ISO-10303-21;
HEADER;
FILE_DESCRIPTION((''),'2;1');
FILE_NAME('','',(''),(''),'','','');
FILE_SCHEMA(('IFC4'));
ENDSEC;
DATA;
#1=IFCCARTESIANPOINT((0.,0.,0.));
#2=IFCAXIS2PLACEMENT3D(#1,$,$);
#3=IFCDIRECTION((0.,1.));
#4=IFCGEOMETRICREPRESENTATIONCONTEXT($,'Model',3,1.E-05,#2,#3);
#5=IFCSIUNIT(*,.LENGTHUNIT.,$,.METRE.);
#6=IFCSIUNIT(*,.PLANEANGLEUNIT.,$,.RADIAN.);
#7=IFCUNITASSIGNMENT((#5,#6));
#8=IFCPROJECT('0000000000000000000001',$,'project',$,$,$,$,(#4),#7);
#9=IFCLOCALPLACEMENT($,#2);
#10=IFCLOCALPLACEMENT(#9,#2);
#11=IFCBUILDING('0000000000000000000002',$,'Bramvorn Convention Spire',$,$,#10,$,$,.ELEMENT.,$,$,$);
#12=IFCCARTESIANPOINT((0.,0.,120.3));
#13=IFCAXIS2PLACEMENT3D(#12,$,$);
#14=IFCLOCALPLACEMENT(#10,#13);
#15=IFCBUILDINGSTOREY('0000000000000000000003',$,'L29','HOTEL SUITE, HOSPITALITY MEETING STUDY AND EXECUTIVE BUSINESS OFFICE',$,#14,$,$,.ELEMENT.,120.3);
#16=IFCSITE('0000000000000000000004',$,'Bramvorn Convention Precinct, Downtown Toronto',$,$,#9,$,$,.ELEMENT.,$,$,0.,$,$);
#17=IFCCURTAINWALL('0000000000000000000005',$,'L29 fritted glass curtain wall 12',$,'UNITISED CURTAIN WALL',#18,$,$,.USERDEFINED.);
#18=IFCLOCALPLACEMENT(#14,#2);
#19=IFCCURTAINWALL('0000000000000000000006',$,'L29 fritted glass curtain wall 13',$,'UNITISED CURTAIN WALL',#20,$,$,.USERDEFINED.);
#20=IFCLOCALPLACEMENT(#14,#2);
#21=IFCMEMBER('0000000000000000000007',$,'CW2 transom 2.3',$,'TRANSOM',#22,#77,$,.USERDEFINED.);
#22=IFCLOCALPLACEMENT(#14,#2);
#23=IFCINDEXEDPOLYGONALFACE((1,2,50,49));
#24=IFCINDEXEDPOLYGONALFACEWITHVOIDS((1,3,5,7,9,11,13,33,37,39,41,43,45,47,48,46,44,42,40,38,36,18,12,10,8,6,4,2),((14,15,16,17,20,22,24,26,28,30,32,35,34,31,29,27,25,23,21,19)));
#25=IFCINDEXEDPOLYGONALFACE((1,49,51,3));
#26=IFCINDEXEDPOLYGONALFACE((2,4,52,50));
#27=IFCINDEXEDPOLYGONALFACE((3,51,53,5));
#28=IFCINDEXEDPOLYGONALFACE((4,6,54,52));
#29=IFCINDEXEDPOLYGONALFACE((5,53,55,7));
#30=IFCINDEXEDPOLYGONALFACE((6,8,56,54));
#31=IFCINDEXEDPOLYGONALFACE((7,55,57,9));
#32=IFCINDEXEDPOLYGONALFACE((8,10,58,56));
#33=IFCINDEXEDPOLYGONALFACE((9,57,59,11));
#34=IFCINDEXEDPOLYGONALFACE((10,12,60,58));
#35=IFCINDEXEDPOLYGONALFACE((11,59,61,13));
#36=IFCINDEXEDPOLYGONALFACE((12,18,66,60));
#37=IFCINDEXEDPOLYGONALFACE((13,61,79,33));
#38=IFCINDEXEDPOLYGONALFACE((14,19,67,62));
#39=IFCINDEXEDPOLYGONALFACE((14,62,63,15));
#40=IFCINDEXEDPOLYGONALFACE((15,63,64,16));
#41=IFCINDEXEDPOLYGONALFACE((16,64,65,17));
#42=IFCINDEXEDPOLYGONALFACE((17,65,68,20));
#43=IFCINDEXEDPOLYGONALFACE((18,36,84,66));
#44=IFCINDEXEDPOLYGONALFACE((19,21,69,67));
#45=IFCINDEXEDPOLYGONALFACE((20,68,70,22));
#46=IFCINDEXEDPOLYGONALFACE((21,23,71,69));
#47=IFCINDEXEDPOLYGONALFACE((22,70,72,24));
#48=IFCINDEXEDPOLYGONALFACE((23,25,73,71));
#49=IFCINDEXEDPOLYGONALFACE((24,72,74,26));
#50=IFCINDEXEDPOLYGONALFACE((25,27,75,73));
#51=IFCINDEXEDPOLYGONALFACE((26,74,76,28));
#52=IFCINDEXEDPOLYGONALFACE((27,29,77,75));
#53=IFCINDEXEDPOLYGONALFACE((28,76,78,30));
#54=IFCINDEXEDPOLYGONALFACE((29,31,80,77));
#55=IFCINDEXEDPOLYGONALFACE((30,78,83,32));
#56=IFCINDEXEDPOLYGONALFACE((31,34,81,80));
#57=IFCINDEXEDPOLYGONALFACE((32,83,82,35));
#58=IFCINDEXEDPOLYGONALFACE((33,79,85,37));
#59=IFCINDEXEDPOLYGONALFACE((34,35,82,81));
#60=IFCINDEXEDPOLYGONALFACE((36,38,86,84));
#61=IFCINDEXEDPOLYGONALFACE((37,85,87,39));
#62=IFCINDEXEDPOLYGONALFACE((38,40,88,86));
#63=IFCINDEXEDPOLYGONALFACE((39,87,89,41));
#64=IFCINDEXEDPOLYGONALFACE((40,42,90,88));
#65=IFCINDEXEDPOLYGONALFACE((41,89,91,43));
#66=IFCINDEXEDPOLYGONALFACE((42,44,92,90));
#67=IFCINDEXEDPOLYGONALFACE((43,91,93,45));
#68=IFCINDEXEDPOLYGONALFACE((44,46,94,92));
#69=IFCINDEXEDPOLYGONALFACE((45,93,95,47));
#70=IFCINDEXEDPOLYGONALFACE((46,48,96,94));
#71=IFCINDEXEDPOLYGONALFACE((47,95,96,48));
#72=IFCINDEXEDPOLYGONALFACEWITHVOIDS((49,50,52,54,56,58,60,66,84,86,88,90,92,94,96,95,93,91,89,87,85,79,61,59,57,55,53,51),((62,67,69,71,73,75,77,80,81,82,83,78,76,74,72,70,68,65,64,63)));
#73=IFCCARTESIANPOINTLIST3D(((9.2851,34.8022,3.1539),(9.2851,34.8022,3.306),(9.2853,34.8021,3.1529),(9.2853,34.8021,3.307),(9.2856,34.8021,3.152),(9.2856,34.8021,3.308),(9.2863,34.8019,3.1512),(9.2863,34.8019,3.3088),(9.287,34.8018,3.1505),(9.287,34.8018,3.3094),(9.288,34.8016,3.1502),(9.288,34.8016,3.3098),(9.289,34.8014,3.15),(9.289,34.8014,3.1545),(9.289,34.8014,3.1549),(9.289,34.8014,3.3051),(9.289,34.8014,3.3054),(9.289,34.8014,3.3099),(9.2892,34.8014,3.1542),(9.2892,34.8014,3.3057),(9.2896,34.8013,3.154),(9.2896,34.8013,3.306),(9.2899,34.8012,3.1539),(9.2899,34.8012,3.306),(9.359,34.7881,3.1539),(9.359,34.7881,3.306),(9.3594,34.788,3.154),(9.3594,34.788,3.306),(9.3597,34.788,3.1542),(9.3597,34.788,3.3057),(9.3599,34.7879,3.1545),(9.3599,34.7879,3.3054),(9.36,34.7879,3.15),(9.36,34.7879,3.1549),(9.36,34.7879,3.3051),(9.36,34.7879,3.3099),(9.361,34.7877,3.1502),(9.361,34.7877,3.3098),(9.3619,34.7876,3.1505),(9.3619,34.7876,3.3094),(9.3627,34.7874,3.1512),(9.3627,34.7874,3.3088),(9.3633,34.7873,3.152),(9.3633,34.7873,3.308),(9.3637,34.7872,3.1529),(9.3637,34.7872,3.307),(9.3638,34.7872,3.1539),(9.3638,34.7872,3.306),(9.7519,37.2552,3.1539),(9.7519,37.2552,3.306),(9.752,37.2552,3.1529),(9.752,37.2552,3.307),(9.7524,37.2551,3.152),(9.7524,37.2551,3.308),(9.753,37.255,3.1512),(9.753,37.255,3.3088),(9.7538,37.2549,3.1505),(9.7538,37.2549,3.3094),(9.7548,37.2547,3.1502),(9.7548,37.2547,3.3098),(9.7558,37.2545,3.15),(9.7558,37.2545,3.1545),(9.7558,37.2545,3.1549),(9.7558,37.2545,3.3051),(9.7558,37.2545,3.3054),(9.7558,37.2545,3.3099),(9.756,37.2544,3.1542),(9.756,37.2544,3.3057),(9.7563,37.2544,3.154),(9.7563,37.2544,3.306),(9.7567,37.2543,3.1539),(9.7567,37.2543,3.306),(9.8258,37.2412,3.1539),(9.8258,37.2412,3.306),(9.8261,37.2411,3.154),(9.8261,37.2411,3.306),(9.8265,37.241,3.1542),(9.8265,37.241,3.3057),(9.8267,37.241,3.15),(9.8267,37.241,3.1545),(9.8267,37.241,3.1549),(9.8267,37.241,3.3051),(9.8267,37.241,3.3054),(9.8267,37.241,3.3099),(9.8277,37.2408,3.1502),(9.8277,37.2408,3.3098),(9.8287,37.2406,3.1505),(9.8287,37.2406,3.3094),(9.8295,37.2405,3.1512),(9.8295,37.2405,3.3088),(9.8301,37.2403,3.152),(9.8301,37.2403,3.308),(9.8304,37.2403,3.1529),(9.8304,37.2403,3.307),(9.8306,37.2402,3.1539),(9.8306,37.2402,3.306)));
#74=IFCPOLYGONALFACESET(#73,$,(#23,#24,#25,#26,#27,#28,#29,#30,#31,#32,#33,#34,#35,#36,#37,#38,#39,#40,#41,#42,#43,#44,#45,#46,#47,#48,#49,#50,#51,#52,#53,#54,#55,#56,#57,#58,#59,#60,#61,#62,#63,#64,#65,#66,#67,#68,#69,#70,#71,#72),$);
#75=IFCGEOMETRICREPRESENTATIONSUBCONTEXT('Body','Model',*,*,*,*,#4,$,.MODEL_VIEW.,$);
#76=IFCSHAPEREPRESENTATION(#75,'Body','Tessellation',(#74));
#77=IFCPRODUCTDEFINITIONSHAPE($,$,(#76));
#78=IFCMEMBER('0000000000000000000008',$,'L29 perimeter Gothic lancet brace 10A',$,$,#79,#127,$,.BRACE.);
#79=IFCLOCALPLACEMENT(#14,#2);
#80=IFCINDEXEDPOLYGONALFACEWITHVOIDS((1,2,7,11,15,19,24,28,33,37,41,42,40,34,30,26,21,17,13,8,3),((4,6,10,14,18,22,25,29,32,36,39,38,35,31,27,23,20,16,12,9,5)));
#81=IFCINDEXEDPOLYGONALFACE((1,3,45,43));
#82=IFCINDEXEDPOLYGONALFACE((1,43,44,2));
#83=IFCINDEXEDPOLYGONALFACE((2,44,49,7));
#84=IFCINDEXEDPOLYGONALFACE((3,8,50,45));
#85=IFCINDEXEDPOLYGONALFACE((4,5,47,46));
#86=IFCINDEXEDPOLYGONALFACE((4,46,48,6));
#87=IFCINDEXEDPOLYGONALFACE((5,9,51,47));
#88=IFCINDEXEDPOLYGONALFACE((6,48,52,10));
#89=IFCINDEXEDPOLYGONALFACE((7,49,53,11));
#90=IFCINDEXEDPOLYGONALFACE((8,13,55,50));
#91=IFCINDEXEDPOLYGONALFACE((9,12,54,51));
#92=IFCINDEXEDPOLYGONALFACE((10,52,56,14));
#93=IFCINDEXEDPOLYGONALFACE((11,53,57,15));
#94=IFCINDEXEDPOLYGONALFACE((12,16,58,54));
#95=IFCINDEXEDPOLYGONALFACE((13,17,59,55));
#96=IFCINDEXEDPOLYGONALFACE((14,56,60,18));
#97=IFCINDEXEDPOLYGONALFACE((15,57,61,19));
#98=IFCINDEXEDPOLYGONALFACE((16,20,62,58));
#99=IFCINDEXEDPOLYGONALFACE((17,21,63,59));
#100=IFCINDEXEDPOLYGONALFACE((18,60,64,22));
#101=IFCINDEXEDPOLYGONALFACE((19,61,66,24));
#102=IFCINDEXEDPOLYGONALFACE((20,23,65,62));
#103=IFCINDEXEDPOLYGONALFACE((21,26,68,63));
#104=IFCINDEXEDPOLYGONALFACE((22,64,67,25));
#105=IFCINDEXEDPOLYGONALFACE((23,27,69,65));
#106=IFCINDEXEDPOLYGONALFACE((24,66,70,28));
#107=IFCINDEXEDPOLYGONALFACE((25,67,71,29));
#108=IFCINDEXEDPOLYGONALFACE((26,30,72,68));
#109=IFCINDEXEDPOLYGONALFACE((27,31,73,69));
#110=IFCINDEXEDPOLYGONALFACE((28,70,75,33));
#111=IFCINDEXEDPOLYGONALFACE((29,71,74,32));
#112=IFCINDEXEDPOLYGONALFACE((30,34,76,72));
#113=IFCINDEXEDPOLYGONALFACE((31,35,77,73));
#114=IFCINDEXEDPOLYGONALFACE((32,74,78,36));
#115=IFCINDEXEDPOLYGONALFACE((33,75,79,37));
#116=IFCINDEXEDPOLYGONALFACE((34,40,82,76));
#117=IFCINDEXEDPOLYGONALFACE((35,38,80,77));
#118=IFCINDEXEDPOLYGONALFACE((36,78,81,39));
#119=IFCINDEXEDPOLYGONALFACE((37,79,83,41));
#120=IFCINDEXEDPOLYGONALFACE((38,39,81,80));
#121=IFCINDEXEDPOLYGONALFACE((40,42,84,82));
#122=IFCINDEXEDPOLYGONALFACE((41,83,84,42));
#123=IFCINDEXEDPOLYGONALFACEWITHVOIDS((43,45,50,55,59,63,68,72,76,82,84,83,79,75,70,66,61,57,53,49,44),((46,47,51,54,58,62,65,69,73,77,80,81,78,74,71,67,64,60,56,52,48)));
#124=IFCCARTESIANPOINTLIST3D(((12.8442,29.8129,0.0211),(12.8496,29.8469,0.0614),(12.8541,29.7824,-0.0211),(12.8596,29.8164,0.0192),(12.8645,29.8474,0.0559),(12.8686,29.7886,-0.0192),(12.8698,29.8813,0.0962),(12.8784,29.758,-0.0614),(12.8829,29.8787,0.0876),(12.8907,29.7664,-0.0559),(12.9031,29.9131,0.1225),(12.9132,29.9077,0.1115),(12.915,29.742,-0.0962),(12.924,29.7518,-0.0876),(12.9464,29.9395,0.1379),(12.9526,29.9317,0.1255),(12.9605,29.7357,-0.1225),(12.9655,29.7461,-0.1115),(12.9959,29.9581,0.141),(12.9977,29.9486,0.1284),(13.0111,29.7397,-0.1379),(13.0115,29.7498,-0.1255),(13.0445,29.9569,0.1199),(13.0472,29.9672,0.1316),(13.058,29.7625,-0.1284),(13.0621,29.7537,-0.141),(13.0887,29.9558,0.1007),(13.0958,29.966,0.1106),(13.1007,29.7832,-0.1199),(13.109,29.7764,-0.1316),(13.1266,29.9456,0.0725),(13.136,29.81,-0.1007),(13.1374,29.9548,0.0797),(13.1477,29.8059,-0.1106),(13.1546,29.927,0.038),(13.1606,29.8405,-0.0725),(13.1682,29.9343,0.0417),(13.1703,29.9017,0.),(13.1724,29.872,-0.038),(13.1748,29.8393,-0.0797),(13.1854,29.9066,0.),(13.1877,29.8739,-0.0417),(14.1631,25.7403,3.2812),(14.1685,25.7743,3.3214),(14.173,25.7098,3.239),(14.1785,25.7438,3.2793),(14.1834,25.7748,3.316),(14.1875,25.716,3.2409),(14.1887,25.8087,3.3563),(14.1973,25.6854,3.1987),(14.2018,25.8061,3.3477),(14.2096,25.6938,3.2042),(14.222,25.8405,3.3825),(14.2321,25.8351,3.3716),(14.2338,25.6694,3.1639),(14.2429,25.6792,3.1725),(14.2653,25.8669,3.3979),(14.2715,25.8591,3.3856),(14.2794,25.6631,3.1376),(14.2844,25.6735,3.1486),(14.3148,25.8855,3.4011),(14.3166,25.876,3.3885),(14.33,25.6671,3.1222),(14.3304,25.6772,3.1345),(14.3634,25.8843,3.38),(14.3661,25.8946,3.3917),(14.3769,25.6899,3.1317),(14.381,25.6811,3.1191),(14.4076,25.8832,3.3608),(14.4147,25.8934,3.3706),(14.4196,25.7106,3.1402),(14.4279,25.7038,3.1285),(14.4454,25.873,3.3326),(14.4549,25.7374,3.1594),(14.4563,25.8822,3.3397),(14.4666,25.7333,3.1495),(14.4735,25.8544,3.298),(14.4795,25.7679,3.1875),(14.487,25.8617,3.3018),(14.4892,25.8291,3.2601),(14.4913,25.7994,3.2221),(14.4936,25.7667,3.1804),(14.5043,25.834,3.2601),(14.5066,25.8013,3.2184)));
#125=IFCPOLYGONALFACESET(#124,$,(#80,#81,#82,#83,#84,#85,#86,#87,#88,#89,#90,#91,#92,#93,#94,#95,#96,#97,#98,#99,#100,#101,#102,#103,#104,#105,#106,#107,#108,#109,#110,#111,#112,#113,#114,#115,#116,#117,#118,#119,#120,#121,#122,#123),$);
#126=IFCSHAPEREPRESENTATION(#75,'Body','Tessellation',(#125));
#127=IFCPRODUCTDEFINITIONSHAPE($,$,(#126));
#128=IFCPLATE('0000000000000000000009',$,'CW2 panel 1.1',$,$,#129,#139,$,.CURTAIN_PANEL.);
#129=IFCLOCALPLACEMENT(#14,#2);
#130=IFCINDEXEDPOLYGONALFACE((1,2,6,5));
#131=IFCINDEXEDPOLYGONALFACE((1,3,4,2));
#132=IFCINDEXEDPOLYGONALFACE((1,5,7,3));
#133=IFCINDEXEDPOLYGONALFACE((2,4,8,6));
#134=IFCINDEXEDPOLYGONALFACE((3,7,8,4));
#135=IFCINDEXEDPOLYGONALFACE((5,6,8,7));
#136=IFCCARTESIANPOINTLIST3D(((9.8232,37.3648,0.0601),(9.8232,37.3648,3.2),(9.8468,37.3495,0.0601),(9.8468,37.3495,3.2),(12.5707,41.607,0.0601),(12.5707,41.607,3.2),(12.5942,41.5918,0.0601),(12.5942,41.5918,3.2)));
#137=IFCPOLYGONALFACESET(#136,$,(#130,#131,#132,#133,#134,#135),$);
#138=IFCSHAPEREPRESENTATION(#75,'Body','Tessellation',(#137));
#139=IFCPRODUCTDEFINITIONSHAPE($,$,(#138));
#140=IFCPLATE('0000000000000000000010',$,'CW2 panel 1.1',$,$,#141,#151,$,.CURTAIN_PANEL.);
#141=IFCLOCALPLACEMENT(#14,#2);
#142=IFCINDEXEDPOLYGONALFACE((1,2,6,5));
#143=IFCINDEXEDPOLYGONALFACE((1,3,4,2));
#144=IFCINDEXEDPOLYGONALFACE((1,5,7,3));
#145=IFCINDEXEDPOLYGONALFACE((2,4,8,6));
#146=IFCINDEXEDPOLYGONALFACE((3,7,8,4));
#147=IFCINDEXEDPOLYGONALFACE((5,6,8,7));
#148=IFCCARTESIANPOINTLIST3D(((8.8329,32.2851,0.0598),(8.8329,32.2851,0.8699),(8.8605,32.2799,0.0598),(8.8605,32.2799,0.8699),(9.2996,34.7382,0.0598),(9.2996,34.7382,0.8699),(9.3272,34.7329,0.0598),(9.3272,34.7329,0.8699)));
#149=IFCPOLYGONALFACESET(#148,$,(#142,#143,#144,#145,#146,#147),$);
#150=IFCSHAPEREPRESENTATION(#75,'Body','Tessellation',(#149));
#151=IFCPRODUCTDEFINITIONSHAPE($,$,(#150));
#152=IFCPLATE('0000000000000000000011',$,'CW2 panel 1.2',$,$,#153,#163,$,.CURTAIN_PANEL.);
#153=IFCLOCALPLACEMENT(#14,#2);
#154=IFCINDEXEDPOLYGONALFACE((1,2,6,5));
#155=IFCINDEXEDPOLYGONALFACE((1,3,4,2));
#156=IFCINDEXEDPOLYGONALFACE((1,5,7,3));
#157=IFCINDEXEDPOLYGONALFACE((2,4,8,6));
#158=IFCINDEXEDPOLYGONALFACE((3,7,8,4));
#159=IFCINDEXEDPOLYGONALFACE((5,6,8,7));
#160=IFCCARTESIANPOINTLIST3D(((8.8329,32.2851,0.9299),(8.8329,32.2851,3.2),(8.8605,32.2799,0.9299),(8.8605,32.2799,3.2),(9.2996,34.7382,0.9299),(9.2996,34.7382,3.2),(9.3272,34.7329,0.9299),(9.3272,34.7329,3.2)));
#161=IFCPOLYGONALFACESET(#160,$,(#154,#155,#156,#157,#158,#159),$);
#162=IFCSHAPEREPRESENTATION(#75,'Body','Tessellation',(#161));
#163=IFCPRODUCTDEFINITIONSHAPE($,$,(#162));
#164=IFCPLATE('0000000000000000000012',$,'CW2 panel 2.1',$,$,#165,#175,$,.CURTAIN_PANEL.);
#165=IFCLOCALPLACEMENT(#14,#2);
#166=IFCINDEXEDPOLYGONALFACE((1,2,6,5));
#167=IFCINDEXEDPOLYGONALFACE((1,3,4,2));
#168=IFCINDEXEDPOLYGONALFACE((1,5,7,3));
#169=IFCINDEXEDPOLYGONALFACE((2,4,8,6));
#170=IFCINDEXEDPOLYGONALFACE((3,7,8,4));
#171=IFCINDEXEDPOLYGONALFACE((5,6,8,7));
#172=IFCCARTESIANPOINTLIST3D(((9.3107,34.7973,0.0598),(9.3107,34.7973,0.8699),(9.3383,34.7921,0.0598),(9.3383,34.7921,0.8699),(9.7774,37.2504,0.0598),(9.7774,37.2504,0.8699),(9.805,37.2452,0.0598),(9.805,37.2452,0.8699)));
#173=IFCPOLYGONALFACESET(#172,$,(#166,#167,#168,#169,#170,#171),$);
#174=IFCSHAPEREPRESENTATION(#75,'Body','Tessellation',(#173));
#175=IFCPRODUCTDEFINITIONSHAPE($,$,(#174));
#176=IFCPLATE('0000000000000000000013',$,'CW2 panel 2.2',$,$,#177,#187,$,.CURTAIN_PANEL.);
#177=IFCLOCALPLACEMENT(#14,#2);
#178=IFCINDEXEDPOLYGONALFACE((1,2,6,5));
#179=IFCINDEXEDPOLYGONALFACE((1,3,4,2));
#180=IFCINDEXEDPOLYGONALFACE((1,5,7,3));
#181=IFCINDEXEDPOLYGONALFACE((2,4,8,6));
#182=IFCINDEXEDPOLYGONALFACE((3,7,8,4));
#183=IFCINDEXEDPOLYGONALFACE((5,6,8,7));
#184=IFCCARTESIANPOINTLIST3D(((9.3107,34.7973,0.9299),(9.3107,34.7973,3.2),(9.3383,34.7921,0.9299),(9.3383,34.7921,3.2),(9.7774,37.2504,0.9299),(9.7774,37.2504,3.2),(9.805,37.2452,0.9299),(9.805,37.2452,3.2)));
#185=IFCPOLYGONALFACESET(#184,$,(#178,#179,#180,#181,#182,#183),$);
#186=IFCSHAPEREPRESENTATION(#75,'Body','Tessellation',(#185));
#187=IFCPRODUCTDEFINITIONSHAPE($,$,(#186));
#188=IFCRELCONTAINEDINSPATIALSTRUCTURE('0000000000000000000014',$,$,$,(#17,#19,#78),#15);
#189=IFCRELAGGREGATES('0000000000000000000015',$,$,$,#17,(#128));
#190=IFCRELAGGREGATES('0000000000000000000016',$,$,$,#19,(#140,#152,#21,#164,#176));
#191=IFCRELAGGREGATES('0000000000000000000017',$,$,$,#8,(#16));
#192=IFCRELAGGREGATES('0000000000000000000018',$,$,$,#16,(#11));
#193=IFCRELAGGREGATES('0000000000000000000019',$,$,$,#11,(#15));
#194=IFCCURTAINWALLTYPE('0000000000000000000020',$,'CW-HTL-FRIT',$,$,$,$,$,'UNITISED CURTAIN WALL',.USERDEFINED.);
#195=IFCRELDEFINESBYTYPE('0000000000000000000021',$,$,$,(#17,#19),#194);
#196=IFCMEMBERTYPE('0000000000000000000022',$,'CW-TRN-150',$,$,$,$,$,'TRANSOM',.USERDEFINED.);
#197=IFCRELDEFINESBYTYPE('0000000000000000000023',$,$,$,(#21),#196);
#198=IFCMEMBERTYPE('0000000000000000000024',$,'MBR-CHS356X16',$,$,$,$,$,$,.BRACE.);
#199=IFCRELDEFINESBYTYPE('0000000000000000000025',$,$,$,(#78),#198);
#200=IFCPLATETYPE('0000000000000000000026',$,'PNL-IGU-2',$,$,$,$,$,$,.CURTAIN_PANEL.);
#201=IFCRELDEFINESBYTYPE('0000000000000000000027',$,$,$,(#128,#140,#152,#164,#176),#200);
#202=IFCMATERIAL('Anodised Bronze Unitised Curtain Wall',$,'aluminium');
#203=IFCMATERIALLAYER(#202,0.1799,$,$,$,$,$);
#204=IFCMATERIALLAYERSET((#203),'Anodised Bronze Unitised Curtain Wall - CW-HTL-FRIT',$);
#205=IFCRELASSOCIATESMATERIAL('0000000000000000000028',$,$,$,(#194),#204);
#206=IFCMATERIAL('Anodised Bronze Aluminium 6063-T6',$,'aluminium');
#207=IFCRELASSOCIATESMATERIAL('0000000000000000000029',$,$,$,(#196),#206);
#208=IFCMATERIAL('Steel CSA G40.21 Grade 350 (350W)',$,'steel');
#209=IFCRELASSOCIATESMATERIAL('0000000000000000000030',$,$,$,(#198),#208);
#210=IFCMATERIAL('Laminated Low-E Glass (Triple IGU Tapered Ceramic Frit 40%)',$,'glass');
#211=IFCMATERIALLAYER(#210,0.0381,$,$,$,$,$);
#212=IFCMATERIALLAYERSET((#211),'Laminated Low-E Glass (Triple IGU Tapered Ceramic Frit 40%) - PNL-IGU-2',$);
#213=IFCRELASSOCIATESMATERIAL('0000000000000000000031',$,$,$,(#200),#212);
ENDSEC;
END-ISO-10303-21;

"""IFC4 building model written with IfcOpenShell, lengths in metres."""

from ifc_helpers import new_model, si_unit, direction, frame, origin, origin_2d, place, context, subcontext, project, spatial, rectangle, hollow_rectangle, hollow_circle, extrude, material, layer, layer_set, material_profile, profile_set, type_object, element, aggregate, save


model = new_model("IFC4")

# Units and contexts
model_context = context("Model", 3, precision=1e-05, world=origin(), true_north=direction((0.0, 1.0)))
body_context = subcontext(model_context, "Body", "Model", "MODEL_VIEW")
ifc_project = project(units=[si_unit("LENGTHUNIT", "METRE"), si_unit("PLANEANGLEUNIT", "RADIAN")], contexts=[model_context])

# Site, building, storey
site_placement = place(None, origin())
site = spatial("IfcSite", under=ifc_project, at=site_placement, Name="Bramvorn Convention Precinct, Downtown Toronto", CompositionType="ELEMENT", RefElevation=0.0)
building_placement = place(site_placement, origin())
building = spatial("IfcBuilding", under=site, at=building_placement, Name="Bramvorn Convention Spire", CompositionType="ELEMENT")
storey_placement = place(building_placement, frame((0.0, 0.0, 120.3)))
storey = spatial("IfcBuildingStorey", under=building, at=storey_placement, Name="L29", Description="HOTEL SUITE, HOSPITALITY MEETING STUDY AND EXECUTIVE BUSINESS OFFICE", CompositionType="ELEMENT", Elevation=120.3)

# Shared definitions
ifc_material_1 = material(Name="Steel CSA G40.21 Grade 350 (350W)", Category="steel")

# Curtain walls
ifc_material_2 = material(Name="Anodised Bronze Unitised Curtain Wall", Category="aluminium")
ifc_layer_1 = layer(ifc_material_2, 0.1799)
ifc_layer_set_1 = layer_set([ifc_layer_1], Name="Anodised Bronze Unitised Curtain Wall - CW-HTL-FRIT")
curtain_wall_type = type_object("IfcCurtainWallType", Name="CW-HTL-FRIT", ElementType="UNITISED CURTAIN WALL", PredefinedType="USERDEFINED", material=ifc_layer_set_1)
curtain_wall_1_placement = place(storey_placement, origin())
curtain_wall_1 = element("IfcCurtainWall", 1, at=curtain_wall_1_placement, inside=storey, type_object=curtain_wall_type, Name="L29 fritted glass curtain wall 12", ObjectType="UNITISED CURTAIN WALL", PredefinedType="USERDEFINED")
ifc_material_3 = material(Name="Anodised Bronze Aluminium 6063-T6", Category="aluminium")
curtain_wall_2_placement = place(storey_placement, origin())
curtain_wall_2 = element("IfcCurtainWall", 2, at=curtain_wall_2_placement, inside=storey, type_object=curtain_wall_type, Name="L29 fritted glass curtain wall 13", ObjectType="UNITISED CURTAIN WALL", PredefinedType="USERDEFINED")

# Members
ifc_material_profile_1 = material_profile(ifc_material_3, hollow_rectangle(XDim=0.0801, YDim=0.1599, WallThickness=0.0039, InnerFilletRadius=0.001, OuterFilletRadius=0.0039, at=origin_2d()))
ifc_profile_set_1 = profile_set([ifc_material_profile_1], Name="Anodised Bronze Aluminium 6063-T6 - CWT80X160")
member_type_1 = type_object("IfcMemberType", Name="CW-TRN-150", ElementType="TRANSOM", PredefinedType="USERDEFINED", material=ifc_profile_set_1)
member_1_placement = place(storey_placement, frame((9.3245, 34.7947, 3.23), z_axis=(0.186932, 0.982373, 0.0), x_axis=(-0.982373, 0.186932, 0.0)))
member_1 = element("IfcMember", 3, at=member_1_placement, type_object=member_type_1, Name="CW2 transom 2.3", ObjectType="TRANSOM", PredefinedType="USERDEFINED", context=body_context, shape_type="SweptSolid", body=[
    extrude(hollow_rectangle(XDim=0.0801, YDim=0.1599, WallThickness=0.0039, InnerFilletRadius=0.001, OuterFilletRadius=0.0039, at=origin_2d()), origin(), (0.0, 0.0, 1.0), 2.4971),
])
ifc_material_profile_2 = material_profile(ifc_material_1, hollow_circle(Radius=0.1777, WallThickness=0.0159, at=origin_2d()))
ifc_profile_set_2 = profile_set([ifc_material_profile_2], Name="Steel CSA G40.21 Grade 350 (350W) - CHS356X16")
member_type_2 = type_object("IfcMemberType", Name="MBR-CHS356X16", PredefinedType="BRACE", material=ifc_profile_set_2)
member_2_placement = place(storey_placement, frame((13.0164, 29.8518, 0.0), z_axis=(0.245105, -0.756868, 0.605866), x_axis=(0.951358, 0.308089, 0.0)))
element("IfcMember", 4, at=member_2_placement, inside=storey, type_object=member_type_2, Name="L29 perimeter Gothic lancet brace 10A", PredefinedType="BRACE", context=body_context, shape_type="SweptSolid", body=[
    extrude(hollow_circle(Radius=0.1777, WallThickness=0.0159, at=origin_2d()), origin(), (0.0, 0.0, 1.0), 5.3809),
])

# Plates
ifc_material_4 = material(Name="Laminated Low-E Glass (Triple IGU Tapered Ceramic Frit 40%)", Category="glass")
ifc_layer_2 = layer(ifc_material_4, 0.0381)
ifc_layer_set_2 = layer_set([ifc_layer_2], Name="Laminated Low-E Glass (Triple IGU Tapered Ceramic Frit 40%) - PNL-IGU-2")
plate_type = type_object("IfcPlateType", Name="PNL-IGU-2", PredefinedType="CURTAIN_PANEL", material=ifc_layer_set_2)
plate_1_placement = place(storey_placement, frame((11.2087, 39.4783, 0.0601), z_axis=(0.0, 0.0, 1.0), x_axis=(0.543595, 0.839348, 0.0)))
plate_1 = element("IfcPlate", 5, at=plate_1_placement, type_object=plate_type, Name="CW2 panel 1.1", PredefinedType="CURTAIN_PANEL", context=body_context, shape_type="SweptSolid", body=[
    extrude(rectangle(XDim=5.0542, YDim=0.0281, at=origin_2d()), origin(), (0.0, 0.0, 1.0), 3.1399),
])
aggregate(curtain_wall_1, [plate_1])
plate_2_placement = place(storey_placement, frame((9.0801, 33.509, 0.0598), z_axis=(0.0, 0.0, 1.0), x_axis=(0.186902, 0.982379, 0.0)))
plate_2 = element("IfcPlate", 6, at=plate_2_placement, type_object=plate_type, Name="CW2 panel 1.1", PredefinedType="CURTAIN_PANEL", context=body_context, shape_type="SweptSolid", body=[
    extrude(rectangle(XDim=2.4971, YDim=0.0281, at=origin_2d()), origin(), (0.0, 0.0, 1.0), 0.8101),
])
plate_3_placement = place(storey_placement, frame((9.0801, 33.509, 0.9299), z_axis=(0.0, 0.0, 1.0), x_axis=(0.186902, 0.982379, 0.0)))
plate_3 = element("IfcPlate", 7, at=plate_3_placement, type_object=plate_type, Name="CW2 panel 1.2", PredefinedType="CURTAIN_PANEL", context=body_context, shape_type="SweptSolid", body=[
    extrude(rectangle(XDim=2.4971, YDim=0.0281, at=origin_2d()), origin(), (0.0, 0.0, 1.0), 2.27),
])
plate_4_placement = place(storey_placement, frame((9.5579, 36.0212, 0.0598), z_axis=(0.0, 0.0, 1.0), x_axis=(0.186902, 0.982379, 0.0)))
plate_4 = element("IfcPlate", 8, at=plate_4_placement, type_object=plate_type, Name="CW2 panel 2.1", PredefinedType="CURTAIN_PANEL", context=body_context, shape_type="SweptSolid", body=[
    extrude(rectangle(XDim=2.4971, YDim=0.0281, at=origin_2d()), origin(), (0.0, 0.0, 1.0), 0.8101),
])
plate_5_placement = place(storey_placement, frame((9.5579, 36.0212, 0.9299), z_axis=(0.0, 0.0, 1.0), x_axis=(0.186902, 0.982379, 0.0)))
plate_5 = element("IfcPlate", 9, at=plate_5_placement, type_object=plate_type, Name="CW2 panel 2.2", PredefinedType="CURTAIN_PANEL", context=body_context, shape_type="SweptSolid", body=[
    extrude(rectangle(XDim=2.4971, YDim=0.0281, at=origin_2d()), origin(), (0.0, 0.0, 1.0), 2.27),
])
aggregate(curtain_wall_2, [plate_2, plate_3, member_1, plate_4, plate_5])

save(model, "model.ifc")
